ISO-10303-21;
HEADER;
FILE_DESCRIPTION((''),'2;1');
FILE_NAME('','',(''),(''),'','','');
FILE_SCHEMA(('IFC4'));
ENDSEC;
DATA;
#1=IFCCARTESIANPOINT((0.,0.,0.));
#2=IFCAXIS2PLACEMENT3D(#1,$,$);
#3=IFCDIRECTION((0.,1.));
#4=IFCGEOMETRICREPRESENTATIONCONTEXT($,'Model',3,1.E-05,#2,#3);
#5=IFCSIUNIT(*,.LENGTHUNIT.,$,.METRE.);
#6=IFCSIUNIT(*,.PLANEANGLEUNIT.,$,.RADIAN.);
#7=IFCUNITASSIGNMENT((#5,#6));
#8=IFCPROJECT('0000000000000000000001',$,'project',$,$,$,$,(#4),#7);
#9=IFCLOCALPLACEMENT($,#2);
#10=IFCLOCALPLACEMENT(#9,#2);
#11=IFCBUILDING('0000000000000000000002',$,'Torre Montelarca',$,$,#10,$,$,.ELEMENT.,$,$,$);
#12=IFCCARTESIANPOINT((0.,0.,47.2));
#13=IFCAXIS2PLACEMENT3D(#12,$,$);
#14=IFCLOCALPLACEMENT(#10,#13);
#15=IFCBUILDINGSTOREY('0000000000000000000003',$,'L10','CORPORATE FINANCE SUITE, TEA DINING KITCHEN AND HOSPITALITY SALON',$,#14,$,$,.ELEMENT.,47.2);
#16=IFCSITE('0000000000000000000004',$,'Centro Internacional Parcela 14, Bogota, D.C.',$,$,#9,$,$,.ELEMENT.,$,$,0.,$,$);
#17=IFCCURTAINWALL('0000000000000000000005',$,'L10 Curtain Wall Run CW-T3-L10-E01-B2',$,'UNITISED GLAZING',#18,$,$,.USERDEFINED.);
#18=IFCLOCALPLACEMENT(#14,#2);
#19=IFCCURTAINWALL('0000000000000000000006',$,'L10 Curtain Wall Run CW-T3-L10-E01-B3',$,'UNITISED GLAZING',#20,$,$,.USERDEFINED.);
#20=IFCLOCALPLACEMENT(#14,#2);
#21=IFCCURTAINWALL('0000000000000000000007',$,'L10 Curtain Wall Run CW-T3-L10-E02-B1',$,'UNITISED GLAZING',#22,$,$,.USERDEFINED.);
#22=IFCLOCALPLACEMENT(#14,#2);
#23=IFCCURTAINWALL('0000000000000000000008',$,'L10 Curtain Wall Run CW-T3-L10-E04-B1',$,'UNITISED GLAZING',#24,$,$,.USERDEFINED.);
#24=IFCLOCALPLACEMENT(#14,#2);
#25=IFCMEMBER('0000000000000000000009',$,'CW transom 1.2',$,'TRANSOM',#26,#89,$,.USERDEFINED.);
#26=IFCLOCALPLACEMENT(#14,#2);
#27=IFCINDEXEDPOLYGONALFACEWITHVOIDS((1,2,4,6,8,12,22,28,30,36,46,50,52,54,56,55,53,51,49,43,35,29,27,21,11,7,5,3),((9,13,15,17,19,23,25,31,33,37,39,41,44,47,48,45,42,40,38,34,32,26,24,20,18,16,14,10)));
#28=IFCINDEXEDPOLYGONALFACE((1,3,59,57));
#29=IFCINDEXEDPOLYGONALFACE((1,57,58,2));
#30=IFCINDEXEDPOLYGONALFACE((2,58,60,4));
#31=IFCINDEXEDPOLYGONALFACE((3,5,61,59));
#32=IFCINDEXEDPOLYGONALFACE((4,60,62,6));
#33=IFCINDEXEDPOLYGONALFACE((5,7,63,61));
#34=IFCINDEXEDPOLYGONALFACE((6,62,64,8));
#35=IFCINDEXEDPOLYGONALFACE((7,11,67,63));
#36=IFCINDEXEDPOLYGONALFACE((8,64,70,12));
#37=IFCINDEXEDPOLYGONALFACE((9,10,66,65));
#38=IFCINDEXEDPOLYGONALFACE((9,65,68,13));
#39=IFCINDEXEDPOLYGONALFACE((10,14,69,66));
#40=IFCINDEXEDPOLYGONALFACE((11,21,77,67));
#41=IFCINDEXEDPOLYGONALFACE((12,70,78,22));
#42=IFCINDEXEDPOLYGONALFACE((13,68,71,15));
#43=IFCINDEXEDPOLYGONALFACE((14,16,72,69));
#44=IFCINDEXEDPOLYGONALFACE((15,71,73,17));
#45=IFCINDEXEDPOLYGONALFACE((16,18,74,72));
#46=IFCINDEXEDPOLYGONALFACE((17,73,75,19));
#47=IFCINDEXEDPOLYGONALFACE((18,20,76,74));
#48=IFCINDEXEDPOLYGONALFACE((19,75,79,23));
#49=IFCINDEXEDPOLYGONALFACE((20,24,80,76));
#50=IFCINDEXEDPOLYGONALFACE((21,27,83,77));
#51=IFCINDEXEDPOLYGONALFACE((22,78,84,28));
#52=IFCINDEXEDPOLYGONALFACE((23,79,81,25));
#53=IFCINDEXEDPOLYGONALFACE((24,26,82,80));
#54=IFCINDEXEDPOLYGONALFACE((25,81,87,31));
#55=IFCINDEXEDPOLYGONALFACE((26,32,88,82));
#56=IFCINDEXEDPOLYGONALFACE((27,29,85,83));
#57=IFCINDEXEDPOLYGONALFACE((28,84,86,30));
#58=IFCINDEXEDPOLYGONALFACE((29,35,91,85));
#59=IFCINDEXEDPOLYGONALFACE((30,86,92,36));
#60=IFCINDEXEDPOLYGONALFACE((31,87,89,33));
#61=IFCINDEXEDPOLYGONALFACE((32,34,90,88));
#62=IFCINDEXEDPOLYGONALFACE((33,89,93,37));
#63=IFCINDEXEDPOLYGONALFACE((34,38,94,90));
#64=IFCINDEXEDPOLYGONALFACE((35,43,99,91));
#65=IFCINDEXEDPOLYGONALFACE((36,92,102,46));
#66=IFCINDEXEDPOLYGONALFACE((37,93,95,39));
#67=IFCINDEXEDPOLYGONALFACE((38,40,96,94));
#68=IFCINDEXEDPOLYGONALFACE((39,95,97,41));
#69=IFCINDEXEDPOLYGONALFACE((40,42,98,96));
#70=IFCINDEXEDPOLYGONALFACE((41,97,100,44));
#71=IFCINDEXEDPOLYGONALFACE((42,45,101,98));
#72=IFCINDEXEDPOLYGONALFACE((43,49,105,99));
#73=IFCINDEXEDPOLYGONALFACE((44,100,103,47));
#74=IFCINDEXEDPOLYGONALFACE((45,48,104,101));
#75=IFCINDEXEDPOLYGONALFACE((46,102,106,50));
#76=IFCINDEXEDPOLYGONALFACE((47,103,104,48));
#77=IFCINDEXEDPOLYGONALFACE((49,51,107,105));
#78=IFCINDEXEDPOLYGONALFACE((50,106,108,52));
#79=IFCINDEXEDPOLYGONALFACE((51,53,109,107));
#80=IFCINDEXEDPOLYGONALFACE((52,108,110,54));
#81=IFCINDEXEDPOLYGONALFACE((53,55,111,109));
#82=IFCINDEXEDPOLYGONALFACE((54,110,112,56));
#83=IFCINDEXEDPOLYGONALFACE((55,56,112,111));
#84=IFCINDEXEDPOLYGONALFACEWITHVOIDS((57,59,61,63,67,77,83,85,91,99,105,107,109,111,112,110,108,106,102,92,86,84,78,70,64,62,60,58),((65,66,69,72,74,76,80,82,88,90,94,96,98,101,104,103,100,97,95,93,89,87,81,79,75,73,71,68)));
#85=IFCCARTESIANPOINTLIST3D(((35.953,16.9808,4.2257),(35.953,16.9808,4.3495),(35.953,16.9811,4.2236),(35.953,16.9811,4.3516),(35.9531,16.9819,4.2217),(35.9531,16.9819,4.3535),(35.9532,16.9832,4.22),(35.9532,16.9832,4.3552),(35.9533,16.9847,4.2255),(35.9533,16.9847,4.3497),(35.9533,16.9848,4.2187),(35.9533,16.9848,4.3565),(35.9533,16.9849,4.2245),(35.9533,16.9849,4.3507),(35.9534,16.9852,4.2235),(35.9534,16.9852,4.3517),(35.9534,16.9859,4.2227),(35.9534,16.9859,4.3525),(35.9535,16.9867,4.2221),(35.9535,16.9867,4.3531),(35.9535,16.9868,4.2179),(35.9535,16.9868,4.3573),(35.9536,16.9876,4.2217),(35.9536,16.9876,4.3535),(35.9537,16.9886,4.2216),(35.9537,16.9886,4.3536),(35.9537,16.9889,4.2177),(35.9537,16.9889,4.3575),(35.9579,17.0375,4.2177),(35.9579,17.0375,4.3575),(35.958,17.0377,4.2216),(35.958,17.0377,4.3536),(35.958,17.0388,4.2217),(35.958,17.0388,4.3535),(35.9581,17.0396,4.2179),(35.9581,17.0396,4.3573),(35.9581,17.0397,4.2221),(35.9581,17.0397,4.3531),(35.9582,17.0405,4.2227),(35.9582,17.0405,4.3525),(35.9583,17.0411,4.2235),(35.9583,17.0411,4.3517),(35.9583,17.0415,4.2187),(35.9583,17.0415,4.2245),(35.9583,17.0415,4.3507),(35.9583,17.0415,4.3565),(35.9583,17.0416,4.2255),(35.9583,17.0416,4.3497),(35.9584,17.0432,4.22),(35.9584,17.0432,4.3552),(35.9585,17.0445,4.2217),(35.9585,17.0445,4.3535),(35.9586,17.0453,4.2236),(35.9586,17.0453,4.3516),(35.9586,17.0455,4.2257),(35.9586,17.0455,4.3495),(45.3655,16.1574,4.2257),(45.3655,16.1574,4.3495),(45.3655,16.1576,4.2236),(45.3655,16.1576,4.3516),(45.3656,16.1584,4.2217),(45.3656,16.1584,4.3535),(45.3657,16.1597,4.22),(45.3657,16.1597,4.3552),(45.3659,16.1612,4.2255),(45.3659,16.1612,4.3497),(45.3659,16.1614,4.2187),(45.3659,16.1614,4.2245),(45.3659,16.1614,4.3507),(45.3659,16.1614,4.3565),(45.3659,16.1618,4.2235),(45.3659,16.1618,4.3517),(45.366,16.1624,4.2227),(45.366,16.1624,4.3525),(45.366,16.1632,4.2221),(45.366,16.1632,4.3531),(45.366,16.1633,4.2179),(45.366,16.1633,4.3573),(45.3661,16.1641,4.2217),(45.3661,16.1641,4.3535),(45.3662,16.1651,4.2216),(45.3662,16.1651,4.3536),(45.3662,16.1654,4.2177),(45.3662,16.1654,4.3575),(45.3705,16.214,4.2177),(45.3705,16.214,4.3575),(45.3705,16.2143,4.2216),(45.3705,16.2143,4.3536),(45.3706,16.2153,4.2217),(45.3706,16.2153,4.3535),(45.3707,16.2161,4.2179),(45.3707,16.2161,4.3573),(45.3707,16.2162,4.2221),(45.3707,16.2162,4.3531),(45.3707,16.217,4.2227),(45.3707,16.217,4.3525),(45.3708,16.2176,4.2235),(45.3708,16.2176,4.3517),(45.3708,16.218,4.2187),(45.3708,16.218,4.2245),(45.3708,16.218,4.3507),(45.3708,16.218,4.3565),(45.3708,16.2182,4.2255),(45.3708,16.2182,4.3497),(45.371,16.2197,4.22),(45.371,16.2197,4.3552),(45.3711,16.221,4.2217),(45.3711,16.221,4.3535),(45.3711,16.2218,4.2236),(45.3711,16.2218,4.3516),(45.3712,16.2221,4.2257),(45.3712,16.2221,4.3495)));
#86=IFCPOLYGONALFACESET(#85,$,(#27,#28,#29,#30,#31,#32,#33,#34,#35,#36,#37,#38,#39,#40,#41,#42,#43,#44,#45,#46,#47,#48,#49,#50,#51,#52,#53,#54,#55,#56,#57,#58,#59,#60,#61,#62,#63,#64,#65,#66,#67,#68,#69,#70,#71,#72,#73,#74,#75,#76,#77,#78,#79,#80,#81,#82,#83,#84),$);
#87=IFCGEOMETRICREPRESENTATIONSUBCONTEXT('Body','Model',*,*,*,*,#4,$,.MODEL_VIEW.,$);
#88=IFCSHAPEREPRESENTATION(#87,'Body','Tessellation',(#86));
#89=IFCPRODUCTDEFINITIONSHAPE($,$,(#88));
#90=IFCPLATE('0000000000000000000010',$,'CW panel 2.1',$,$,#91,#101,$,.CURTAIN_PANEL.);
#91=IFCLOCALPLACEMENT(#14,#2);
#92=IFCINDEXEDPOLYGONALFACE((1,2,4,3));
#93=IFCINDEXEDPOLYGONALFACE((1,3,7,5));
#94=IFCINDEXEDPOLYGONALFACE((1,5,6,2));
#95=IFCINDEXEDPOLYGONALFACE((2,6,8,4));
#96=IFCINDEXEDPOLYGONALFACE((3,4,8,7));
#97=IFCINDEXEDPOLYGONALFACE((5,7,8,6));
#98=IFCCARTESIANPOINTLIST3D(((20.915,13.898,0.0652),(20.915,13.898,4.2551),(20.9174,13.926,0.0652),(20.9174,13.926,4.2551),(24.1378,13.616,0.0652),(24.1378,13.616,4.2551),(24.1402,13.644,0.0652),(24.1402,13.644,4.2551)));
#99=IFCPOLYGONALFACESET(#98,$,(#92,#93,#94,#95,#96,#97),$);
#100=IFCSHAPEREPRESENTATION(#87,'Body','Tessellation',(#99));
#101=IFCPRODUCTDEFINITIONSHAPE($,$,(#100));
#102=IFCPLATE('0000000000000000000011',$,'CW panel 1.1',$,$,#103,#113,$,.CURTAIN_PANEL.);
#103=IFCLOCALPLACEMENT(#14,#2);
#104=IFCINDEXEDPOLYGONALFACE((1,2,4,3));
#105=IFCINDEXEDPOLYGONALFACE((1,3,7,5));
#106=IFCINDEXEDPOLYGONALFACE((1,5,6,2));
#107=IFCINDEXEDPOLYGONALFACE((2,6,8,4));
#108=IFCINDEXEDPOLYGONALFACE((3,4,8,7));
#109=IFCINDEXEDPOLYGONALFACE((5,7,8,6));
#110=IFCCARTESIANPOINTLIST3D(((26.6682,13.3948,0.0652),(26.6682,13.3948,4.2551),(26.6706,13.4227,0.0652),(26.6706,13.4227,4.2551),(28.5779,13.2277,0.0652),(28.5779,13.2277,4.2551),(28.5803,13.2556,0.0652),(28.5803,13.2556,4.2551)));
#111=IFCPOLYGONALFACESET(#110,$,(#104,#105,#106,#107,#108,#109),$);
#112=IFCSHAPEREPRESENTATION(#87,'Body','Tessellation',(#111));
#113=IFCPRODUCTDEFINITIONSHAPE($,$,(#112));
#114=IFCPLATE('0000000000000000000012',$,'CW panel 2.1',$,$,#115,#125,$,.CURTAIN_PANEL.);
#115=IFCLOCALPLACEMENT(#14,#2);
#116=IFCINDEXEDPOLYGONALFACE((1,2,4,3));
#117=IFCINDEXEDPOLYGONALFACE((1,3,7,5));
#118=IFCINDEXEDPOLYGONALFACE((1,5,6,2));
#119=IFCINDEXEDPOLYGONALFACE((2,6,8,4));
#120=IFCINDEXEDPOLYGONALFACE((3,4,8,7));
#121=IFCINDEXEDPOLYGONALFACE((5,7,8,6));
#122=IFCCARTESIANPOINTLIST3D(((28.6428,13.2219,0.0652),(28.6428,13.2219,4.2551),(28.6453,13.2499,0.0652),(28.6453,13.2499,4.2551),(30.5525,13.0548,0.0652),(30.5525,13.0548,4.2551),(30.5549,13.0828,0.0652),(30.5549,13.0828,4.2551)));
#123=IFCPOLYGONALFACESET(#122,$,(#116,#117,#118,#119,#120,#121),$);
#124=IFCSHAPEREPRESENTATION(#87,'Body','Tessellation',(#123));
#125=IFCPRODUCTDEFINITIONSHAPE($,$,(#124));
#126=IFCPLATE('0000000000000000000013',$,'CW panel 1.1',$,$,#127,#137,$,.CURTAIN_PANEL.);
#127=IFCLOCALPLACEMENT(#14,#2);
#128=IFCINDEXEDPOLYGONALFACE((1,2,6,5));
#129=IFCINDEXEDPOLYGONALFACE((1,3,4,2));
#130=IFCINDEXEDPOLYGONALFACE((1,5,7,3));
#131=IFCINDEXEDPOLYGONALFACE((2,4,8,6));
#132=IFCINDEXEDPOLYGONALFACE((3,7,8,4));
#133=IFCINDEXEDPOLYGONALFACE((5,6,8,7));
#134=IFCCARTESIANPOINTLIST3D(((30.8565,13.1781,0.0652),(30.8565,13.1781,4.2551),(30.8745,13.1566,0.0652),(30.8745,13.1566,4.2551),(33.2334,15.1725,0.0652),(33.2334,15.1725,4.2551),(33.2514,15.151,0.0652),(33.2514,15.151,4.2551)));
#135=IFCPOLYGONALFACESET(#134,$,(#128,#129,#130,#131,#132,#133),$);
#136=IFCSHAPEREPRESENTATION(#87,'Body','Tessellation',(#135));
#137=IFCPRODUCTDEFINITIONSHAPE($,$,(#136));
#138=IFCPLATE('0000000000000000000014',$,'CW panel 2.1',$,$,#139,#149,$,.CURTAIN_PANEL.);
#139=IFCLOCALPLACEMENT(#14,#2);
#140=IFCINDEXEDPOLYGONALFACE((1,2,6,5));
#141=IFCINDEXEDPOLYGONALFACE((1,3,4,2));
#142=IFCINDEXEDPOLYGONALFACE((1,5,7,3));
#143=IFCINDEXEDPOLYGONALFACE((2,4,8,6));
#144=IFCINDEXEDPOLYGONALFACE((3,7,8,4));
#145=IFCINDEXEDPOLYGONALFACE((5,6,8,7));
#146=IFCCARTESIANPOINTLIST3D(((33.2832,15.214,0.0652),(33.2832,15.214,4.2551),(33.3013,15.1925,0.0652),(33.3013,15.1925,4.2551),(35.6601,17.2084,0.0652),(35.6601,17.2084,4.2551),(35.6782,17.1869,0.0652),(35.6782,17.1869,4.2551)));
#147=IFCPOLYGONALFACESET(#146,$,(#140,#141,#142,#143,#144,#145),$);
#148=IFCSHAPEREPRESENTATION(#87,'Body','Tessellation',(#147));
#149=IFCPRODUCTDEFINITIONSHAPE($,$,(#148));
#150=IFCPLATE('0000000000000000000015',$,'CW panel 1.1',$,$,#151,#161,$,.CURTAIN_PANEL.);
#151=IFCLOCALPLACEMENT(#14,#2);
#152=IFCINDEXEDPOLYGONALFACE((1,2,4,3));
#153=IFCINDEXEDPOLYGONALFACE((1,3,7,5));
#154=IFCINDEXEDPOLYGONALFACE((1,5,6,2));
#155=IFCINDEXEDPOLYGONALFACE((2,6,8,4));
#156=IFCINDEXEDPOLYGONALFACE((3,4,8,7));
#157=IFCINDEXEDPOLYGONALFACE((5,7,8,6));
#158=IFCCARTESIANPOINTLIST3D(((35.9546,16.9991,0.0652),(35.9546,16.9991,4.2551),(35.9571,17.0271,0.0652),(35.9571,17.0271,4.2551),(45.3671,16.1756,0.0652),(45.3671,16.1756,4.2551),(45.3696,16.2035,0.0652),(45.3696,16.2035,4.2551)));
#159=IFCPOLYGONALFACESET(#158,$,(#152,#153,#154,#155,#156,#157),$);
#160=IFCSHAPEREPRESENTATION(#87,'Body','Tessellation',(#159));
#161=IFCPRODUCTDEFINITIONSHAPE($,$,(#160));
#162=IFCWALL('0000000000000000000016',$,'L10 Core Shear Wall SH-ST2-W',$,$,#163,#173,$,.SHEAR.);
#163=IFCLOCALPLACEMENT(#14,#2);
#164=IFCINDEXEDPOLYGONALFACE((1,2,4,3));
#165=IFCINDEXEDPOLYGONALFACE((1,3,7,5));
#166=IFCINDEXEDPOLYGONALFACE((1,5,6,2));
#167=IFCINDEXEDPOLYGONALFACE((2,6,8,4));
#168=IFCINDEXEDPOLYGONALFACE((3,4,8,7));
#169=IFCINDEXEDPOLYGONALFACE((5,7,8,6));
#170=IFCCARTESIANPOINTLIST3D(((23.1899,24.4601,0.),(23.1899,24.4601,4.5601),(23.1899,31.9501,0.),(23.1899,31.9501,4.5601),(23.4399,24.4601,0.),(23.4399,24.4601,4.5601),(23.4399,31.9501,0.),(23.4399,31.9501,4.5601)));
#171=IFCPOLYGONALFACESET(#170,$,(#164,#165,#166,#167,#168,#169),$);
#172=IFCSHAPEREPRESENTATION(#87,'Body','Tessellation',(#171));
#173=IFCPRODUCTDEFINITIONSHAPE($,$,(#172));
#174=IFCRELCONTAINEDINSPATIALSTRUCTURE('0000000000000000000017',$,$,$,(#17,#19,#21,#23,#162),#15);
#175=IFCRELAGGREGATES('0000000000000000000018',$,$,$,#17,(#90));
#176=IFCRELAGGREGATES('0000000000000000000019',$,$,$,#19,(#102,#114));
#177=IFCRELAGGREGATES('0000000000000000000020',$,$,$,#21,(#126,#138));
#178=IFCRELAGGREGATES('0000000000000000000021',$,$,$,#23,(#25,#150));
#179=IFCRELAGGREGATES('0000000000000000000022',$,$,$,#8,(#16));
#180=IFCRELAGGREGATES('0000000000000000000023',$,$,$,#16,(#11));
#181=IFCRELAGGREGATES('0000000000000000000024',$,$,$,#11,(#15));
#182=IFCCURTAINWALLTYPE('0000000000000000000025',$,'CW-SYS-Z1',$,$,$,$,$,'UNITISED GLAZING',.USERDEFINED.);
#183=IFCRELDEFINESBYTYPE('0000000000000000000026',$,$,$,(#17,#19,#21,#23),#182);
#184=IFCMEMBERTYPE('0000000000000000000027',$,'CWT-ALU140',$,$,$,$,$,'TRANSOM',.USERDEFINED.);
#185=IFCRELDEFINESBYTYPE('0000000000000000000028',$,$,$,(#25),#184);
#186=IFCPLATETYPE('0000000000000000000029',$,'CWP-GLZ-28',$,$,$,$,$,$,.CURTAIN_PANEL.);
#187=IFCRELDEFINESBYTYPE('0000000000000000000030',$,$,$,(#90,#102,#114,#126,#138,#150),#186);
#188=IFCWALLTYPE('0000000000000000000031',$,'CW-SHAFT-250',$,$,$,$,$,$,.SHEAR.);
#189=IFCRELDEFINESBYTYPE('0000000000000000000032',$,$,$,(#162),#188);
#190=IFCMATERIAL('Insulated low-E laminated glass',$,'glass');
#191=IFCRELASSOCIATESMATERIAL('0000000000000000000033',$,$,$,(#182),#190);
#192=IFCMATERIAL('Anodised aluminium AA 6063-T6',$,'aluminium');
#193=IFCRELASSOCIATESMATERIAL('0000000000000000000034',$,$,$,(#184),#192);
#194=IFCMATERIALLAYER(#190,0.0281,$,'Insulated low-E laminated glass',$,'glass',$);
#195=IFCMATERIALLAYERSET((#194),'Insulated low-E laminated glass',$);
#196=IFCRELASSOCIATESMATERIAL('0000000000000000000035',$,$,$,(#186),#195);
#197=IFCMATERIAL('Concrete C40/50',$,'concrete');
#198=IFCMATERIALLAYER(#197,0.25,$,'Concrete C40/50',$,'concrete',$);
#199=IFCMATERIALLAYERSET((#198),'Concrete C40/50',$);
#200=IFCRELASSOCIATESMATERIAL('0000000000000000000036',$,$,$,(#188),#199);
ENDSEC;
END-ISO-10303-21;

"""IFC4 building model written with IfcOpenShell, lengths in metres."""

from ifc_helpers import new_model, si_unit, direction, frame, frame_2d, origin, origin_2d, place, context, subcontext, project, spatial, rectangle, hollow_rectangle, extrude, source, transform, mapped, material, layer, layer_set, material_profile, profile_set, type_object, element, aggregate, save


model = new_model("IFC4")

# Units and contexts
model_context = context("Model", 3, precision=1e-05, world=origin(), true_north=direction((0.0, 1.0)))
body_context = subcontext(model_context, "Body", "Model", "MODEL_VIEW")
ifc_project = project(units=[si_unit("LENGTHUNIT", "METRE"), si_unit("PLANEANGLEUNIT", "RADIAN")], contexts=[model_context])

# Site, building, storey
site_placement = place(None, origin())
site = spatial("IfcSite", under=ifc_project, at=site_placement, Name="Centro Internacional Parcela 14, Bogota, D.C.", CompositionType="ELEMENT", RefElevation=0.0)
building_placement = place(site_placement, origin())
building = spatial("IfcBuilding", under=site, at=building_placement, Name="Torre Montelarca", CompositionType="ELEMENT")
storey_placement = place(building_placement, frame((0.0, 0.0, 47.2)))
storey = spatial("IfcBuildingStorey", under=building, at=storey_placement, Name="L10", Description="CORPORATE FINANCE SUITE, TEA DINING KITCHEN AND HOSPITALITY SALON", CompositionType="ELEMENT", Elevation=47.2)

# Curtain wall
ifc_material_1 = material(Name="Insulated low-E laminated glass", Category="glass")
curtain_wall_type = type_object("IfcCurtainWallType", Name="CW-SYS-Z1", ElementType="UNITISED GLAZING", PredefinedType="USERDEFINED", material=ifc_material_1)
curtain_wall_1_placement = place(storey_placement, origin())
curtain_wall_1 = element("IfcCurtainWall", 1, at=curtain_wall_1_placement, inside=storey, type_object=curtain_wall_type, Name="L10 Curtain Wall Run CW-T3-L10-E01-B2", ObjectType="UNITISED GLAZING", PredefinedType="USERDEFINED")
ifc_material_2 = material(Name="Anodised aluminium AA 6063-T6", Category="aluminium")

# Curtain walls
curtain_wall_2_placement = place(storey_placement, origin())
curtain_wall_2 = element("IfcCurtainWall", 2, at=curtain_wall_2_placement, inside=storey, type_object=curtain_wall_type, Name="L10 Curtain Wall Run CW-T3-L10-E01-B3", ObjectType="UNITISED GLAZING", PredefinedType="USERDEFINED")
curtain_wall_3_placement = place(storey_placement, origin())
curtain_wall_3 = element("IfcCurtainWall", 3, at=curtain_wall_3_placement, inside=storey, type_object=curtain_wall_type, Name="L10 Curtain Wall Run CW-T3-L10-E02-B1", ObjectType="UNITISED GLAZING", PredefinedType="USERDEFINED")

# Curtain wall
curtain_wall_4_placement = place(storey_placement, origin())
curtain_wall_4 = element("IfcCurtainWall", 4, at=curtain_wall_4_placement, inside=storey, type_object=curtain_wall_type, Name="L10 Curtain Wall Run CW-T3-L10-E04-B1", ObjectType="UNITISED GLAZING", PredefinedType="USERDEFINED")

# Member
ifc_material_profile_1 = material_profile(ifc_material_2, hollow_rectangle(XDim=0.0649, YDim=0.1399, WallThickness=0.0039, InnerFilletRadius=0.0039, OuterFilletRadius=0.0081, at=origin_2d()), Name="ALU65X140X4", Category="aluminium")
ifc_profile_set_1 = profile_set([ifc_material_profile_1], Name="Anodised aluminium AA 6063-T6")
member_type_1 = type_object("IfcMemberType", Name="CWT-ALU140", ElementType="TRANSOM", PredefinedType="USERDEFINED", material=ifc_profile_set_1)
shared_shape_1 = source(origin(), body_context, "Body", "SweptSolid", [
    extrude(hollow_rectangle(XDim=0.0649, YDim=0.1399, WallThickness=0.0039, InnerFilletRadius=0.0039, OuterFilletRadius=0.0081, at=origin_2d()), origin(), (0.0, 0.0, 1.0), 9.4485),
])
member_1_placement = place(storey_placement, frame((35.9558, 17.0132, 4.2876), z_axis=(0.996195, -0.087155, 0.0), x_axis=(0.087155, 0.996195, 0.0)))
member_1 = element("IfcMember", 5, at=member_1_placement, type_object=member_type_1, Name="CW transom 1.2", ObjectType="TRANSOM", PredefinedType="USERDEFINED", context=body_context, shape_type="MappedRepresentation", body=[
    mapped(shared_shape_1, transform((0.0, 0.0, 0.0), scale=1.0)),
])

# Plates
ifc_layer_1 = layer(ifc_material_1, 0.0281, Name="Insulated low-E laminated glass", Category="glass")
ifc_layer_set_1 = layer_set([ifc_layer_1], Name="Insulated low-E laminated glass")
plate_type = type_object("IfcPlateType", Name="CWP-GLZ-28", PredefinedType="CURTAIN_PANEL", material=ifc_layer_set_1)
shared_shape_2 = source(origin(), body_context, "Body", "SweptSolid", [
    extrude(rectangle(XDim=3.2351, YDim=0.0281, at=origin_2d()), origin(), (0.0, 0.0, 1.0), 4.1899),
])
plate_1_placement = place(storey_placement, frame((22.5276, 13.771, 0.0652), z_axis=(0.0, 0.0, 1.0), x_axis=(0.996193, -0.087171, 0.0)))
plate_1 = element("IfcPlate", 6, at=plate_1_placement, type_object=plate_type, Name="CW panel 2.1", PredefinedType="CURTAIN_PANEL", context=body_context, shape_type="MappedRepresentation", body=[
    mapped(shared_shape_2, transform((0.0, 0.0, 0.0), scale=1.0)),
])
aggregate(curtain_wall_1, [plate_1])
shared_shape_3 = source(origin(), body_context, "Body", "SweptSolid", [
    extrude(rectangle(XDim=1.917, YDim=0.0281, at=origin_2d()), origin(), (0.0, 0.0, 1.0), 4.1899),
])
plate_2_placement = place(storey_placement, frame((27.6243, 13.3252, 0.0652), z_axis=(0.0, 0.0, 1.0), x_axis=(0.996194, -0.087165, 0.0)))
plate_2 = element("IfcPlate", 7, at=plate_2_placement, type_object=plate_type, Name="CW panel 1.1", PredefinedType="CURTAIN_PANEL", context=body_context, shape_type="MappedRepresentation", body=[
    mapped(shared_shape_3, transform((0.0, 0.0, 0.0), scale=1.0)),
])
plate_3_placement = place(storey_placement, frame((29.5989, 13.1523, 0.0652), z_axis=(0.0, 0.0, 1.0), x_axis=(0.996194, -0.087165, 0.0)))
plate_3 = element("IfcPlate", 8, at=plate_3_placement, type_object=plate_type, Name="CW panel 2.1", PredefinedType="CURTAIN_PANEL", context=body_context, shape_type="MappedRepresentation", body=[
    mapped(shared_shape_3, transform((0.0, 0.0, 0.0), scale=1.0)),
])
aggregate(curtain_wall_2, [plate_2, plate_3])
shared_shape_4 = source(origin(), body_context, "Body", "SweptSolid", [
    extrude(rectangle(XDim=3.1028, YDim=0.0281, at=origin_2d()), origin(), (0.0, 0.0, 1.0), 4.1899),
])
plate_4_placement = place(storey_placement, frame((32.054, 14.1646, 0.0652), z_axis=(0.0, 0.0, 1.0), x_axis=(0.766053, 0.642778, 0.0)))
plate_4 = element("IfcPlate", 9, at=plate_4_placement, type_object=plate_type, Name="CW panel 1.1", PredefinedType="CURTAIN_PANEL", context=body_context, shape_type="MappedRepresentation", body=[
    mapped(shared_shape_4, transform((0.0, 0.0, 0.0), scale=1.0)),
])
plate_5_placement = place(storey_placement, frame((34.4807, 16.2004, 0.0652), z_axis=(0.0, 0.0, 1.0), x_axis=(0.766053, 0.642778, 0.0)))
plate_5 = element("IfcPlate", 10, at=plate_5_placement, type_object=plate_type, Name="CW panel 2.1", PredefinedType="CURTAIN_PANEL", context=body_context, shape_type="MappedRepresentation", body=[
    mapped(shared_shape_4, transform((0.0, 0.0, 0.0), scale=1.0)),
])
aggregate(curtain_wall_3, [plate_4, plate_5])
shared_shape_5 = source(origin(), body_context, "Body", "SweptSolid", [
    extrude(rectangle(XDim=9.4485, YDim=0.0281, at=origin_2d()), origin(), (0.0, 0.0, 1.0), 4.1899),
])
plate_6_placement = place(storey_placement, frame((40.6621, 16.6013, 0.0652), z_axis=(0.0, 0.0, 1.0), x_axis=(0.996194, -0.087162, 0.0)))
plate_6 = element("IfcPlate", 11, at=plate_6_placement, type_object=plate_type, Name="CW panel 1.1", PredefinedType="CURTAIN_PANEL", context=body_context, shape_type="MappedRepresentation", body=[
    mapped(shared_shape_5, transform((0.0, 0.0, 0.0), scale=1.0)),
])
aggregate(curtain_wall_4, [member_1, plate_6])

# Wall
ifc_material_3 = material(Name="Concrete C40/50", Category="concrete")
ifc_layer_2 = layer(ifc_material_3, 0.25, Name="Concrete C40/50", Category="concrete")
ifc_layer_set_2 = layer_set([ifc_layer_2], Name="Concrete C40/50")
wall_type_1 = type_object("IfcWallType", Name="CW-SHAFT-250", PredefinedType="SHEAR", material=ifc_layer_set_2)
wall_1_placement = place(storey_placement, frame((23.3149, 24.46, 0.0), z_axis=(0.0, 0.0, 1.0), x_axis=(0.0, 1.0, 0.0)))
element("IfcWall", 12, at=wall_1_placement, inside=storey, type_object=wall_type_1, Name="L10 Core Shear Wall SH-ST2-W", PredefinedType="SHEAR", context=body_context, shape_type="SweptSolid", body=[
    extrude(rectangle(XDim=7.49, YDim=0.25, at=frame_2d((3.7451, 0.0))), origin(), (0.0, 0.0, 1.0), 4.5601),
])

save(model, "model.ifc")
